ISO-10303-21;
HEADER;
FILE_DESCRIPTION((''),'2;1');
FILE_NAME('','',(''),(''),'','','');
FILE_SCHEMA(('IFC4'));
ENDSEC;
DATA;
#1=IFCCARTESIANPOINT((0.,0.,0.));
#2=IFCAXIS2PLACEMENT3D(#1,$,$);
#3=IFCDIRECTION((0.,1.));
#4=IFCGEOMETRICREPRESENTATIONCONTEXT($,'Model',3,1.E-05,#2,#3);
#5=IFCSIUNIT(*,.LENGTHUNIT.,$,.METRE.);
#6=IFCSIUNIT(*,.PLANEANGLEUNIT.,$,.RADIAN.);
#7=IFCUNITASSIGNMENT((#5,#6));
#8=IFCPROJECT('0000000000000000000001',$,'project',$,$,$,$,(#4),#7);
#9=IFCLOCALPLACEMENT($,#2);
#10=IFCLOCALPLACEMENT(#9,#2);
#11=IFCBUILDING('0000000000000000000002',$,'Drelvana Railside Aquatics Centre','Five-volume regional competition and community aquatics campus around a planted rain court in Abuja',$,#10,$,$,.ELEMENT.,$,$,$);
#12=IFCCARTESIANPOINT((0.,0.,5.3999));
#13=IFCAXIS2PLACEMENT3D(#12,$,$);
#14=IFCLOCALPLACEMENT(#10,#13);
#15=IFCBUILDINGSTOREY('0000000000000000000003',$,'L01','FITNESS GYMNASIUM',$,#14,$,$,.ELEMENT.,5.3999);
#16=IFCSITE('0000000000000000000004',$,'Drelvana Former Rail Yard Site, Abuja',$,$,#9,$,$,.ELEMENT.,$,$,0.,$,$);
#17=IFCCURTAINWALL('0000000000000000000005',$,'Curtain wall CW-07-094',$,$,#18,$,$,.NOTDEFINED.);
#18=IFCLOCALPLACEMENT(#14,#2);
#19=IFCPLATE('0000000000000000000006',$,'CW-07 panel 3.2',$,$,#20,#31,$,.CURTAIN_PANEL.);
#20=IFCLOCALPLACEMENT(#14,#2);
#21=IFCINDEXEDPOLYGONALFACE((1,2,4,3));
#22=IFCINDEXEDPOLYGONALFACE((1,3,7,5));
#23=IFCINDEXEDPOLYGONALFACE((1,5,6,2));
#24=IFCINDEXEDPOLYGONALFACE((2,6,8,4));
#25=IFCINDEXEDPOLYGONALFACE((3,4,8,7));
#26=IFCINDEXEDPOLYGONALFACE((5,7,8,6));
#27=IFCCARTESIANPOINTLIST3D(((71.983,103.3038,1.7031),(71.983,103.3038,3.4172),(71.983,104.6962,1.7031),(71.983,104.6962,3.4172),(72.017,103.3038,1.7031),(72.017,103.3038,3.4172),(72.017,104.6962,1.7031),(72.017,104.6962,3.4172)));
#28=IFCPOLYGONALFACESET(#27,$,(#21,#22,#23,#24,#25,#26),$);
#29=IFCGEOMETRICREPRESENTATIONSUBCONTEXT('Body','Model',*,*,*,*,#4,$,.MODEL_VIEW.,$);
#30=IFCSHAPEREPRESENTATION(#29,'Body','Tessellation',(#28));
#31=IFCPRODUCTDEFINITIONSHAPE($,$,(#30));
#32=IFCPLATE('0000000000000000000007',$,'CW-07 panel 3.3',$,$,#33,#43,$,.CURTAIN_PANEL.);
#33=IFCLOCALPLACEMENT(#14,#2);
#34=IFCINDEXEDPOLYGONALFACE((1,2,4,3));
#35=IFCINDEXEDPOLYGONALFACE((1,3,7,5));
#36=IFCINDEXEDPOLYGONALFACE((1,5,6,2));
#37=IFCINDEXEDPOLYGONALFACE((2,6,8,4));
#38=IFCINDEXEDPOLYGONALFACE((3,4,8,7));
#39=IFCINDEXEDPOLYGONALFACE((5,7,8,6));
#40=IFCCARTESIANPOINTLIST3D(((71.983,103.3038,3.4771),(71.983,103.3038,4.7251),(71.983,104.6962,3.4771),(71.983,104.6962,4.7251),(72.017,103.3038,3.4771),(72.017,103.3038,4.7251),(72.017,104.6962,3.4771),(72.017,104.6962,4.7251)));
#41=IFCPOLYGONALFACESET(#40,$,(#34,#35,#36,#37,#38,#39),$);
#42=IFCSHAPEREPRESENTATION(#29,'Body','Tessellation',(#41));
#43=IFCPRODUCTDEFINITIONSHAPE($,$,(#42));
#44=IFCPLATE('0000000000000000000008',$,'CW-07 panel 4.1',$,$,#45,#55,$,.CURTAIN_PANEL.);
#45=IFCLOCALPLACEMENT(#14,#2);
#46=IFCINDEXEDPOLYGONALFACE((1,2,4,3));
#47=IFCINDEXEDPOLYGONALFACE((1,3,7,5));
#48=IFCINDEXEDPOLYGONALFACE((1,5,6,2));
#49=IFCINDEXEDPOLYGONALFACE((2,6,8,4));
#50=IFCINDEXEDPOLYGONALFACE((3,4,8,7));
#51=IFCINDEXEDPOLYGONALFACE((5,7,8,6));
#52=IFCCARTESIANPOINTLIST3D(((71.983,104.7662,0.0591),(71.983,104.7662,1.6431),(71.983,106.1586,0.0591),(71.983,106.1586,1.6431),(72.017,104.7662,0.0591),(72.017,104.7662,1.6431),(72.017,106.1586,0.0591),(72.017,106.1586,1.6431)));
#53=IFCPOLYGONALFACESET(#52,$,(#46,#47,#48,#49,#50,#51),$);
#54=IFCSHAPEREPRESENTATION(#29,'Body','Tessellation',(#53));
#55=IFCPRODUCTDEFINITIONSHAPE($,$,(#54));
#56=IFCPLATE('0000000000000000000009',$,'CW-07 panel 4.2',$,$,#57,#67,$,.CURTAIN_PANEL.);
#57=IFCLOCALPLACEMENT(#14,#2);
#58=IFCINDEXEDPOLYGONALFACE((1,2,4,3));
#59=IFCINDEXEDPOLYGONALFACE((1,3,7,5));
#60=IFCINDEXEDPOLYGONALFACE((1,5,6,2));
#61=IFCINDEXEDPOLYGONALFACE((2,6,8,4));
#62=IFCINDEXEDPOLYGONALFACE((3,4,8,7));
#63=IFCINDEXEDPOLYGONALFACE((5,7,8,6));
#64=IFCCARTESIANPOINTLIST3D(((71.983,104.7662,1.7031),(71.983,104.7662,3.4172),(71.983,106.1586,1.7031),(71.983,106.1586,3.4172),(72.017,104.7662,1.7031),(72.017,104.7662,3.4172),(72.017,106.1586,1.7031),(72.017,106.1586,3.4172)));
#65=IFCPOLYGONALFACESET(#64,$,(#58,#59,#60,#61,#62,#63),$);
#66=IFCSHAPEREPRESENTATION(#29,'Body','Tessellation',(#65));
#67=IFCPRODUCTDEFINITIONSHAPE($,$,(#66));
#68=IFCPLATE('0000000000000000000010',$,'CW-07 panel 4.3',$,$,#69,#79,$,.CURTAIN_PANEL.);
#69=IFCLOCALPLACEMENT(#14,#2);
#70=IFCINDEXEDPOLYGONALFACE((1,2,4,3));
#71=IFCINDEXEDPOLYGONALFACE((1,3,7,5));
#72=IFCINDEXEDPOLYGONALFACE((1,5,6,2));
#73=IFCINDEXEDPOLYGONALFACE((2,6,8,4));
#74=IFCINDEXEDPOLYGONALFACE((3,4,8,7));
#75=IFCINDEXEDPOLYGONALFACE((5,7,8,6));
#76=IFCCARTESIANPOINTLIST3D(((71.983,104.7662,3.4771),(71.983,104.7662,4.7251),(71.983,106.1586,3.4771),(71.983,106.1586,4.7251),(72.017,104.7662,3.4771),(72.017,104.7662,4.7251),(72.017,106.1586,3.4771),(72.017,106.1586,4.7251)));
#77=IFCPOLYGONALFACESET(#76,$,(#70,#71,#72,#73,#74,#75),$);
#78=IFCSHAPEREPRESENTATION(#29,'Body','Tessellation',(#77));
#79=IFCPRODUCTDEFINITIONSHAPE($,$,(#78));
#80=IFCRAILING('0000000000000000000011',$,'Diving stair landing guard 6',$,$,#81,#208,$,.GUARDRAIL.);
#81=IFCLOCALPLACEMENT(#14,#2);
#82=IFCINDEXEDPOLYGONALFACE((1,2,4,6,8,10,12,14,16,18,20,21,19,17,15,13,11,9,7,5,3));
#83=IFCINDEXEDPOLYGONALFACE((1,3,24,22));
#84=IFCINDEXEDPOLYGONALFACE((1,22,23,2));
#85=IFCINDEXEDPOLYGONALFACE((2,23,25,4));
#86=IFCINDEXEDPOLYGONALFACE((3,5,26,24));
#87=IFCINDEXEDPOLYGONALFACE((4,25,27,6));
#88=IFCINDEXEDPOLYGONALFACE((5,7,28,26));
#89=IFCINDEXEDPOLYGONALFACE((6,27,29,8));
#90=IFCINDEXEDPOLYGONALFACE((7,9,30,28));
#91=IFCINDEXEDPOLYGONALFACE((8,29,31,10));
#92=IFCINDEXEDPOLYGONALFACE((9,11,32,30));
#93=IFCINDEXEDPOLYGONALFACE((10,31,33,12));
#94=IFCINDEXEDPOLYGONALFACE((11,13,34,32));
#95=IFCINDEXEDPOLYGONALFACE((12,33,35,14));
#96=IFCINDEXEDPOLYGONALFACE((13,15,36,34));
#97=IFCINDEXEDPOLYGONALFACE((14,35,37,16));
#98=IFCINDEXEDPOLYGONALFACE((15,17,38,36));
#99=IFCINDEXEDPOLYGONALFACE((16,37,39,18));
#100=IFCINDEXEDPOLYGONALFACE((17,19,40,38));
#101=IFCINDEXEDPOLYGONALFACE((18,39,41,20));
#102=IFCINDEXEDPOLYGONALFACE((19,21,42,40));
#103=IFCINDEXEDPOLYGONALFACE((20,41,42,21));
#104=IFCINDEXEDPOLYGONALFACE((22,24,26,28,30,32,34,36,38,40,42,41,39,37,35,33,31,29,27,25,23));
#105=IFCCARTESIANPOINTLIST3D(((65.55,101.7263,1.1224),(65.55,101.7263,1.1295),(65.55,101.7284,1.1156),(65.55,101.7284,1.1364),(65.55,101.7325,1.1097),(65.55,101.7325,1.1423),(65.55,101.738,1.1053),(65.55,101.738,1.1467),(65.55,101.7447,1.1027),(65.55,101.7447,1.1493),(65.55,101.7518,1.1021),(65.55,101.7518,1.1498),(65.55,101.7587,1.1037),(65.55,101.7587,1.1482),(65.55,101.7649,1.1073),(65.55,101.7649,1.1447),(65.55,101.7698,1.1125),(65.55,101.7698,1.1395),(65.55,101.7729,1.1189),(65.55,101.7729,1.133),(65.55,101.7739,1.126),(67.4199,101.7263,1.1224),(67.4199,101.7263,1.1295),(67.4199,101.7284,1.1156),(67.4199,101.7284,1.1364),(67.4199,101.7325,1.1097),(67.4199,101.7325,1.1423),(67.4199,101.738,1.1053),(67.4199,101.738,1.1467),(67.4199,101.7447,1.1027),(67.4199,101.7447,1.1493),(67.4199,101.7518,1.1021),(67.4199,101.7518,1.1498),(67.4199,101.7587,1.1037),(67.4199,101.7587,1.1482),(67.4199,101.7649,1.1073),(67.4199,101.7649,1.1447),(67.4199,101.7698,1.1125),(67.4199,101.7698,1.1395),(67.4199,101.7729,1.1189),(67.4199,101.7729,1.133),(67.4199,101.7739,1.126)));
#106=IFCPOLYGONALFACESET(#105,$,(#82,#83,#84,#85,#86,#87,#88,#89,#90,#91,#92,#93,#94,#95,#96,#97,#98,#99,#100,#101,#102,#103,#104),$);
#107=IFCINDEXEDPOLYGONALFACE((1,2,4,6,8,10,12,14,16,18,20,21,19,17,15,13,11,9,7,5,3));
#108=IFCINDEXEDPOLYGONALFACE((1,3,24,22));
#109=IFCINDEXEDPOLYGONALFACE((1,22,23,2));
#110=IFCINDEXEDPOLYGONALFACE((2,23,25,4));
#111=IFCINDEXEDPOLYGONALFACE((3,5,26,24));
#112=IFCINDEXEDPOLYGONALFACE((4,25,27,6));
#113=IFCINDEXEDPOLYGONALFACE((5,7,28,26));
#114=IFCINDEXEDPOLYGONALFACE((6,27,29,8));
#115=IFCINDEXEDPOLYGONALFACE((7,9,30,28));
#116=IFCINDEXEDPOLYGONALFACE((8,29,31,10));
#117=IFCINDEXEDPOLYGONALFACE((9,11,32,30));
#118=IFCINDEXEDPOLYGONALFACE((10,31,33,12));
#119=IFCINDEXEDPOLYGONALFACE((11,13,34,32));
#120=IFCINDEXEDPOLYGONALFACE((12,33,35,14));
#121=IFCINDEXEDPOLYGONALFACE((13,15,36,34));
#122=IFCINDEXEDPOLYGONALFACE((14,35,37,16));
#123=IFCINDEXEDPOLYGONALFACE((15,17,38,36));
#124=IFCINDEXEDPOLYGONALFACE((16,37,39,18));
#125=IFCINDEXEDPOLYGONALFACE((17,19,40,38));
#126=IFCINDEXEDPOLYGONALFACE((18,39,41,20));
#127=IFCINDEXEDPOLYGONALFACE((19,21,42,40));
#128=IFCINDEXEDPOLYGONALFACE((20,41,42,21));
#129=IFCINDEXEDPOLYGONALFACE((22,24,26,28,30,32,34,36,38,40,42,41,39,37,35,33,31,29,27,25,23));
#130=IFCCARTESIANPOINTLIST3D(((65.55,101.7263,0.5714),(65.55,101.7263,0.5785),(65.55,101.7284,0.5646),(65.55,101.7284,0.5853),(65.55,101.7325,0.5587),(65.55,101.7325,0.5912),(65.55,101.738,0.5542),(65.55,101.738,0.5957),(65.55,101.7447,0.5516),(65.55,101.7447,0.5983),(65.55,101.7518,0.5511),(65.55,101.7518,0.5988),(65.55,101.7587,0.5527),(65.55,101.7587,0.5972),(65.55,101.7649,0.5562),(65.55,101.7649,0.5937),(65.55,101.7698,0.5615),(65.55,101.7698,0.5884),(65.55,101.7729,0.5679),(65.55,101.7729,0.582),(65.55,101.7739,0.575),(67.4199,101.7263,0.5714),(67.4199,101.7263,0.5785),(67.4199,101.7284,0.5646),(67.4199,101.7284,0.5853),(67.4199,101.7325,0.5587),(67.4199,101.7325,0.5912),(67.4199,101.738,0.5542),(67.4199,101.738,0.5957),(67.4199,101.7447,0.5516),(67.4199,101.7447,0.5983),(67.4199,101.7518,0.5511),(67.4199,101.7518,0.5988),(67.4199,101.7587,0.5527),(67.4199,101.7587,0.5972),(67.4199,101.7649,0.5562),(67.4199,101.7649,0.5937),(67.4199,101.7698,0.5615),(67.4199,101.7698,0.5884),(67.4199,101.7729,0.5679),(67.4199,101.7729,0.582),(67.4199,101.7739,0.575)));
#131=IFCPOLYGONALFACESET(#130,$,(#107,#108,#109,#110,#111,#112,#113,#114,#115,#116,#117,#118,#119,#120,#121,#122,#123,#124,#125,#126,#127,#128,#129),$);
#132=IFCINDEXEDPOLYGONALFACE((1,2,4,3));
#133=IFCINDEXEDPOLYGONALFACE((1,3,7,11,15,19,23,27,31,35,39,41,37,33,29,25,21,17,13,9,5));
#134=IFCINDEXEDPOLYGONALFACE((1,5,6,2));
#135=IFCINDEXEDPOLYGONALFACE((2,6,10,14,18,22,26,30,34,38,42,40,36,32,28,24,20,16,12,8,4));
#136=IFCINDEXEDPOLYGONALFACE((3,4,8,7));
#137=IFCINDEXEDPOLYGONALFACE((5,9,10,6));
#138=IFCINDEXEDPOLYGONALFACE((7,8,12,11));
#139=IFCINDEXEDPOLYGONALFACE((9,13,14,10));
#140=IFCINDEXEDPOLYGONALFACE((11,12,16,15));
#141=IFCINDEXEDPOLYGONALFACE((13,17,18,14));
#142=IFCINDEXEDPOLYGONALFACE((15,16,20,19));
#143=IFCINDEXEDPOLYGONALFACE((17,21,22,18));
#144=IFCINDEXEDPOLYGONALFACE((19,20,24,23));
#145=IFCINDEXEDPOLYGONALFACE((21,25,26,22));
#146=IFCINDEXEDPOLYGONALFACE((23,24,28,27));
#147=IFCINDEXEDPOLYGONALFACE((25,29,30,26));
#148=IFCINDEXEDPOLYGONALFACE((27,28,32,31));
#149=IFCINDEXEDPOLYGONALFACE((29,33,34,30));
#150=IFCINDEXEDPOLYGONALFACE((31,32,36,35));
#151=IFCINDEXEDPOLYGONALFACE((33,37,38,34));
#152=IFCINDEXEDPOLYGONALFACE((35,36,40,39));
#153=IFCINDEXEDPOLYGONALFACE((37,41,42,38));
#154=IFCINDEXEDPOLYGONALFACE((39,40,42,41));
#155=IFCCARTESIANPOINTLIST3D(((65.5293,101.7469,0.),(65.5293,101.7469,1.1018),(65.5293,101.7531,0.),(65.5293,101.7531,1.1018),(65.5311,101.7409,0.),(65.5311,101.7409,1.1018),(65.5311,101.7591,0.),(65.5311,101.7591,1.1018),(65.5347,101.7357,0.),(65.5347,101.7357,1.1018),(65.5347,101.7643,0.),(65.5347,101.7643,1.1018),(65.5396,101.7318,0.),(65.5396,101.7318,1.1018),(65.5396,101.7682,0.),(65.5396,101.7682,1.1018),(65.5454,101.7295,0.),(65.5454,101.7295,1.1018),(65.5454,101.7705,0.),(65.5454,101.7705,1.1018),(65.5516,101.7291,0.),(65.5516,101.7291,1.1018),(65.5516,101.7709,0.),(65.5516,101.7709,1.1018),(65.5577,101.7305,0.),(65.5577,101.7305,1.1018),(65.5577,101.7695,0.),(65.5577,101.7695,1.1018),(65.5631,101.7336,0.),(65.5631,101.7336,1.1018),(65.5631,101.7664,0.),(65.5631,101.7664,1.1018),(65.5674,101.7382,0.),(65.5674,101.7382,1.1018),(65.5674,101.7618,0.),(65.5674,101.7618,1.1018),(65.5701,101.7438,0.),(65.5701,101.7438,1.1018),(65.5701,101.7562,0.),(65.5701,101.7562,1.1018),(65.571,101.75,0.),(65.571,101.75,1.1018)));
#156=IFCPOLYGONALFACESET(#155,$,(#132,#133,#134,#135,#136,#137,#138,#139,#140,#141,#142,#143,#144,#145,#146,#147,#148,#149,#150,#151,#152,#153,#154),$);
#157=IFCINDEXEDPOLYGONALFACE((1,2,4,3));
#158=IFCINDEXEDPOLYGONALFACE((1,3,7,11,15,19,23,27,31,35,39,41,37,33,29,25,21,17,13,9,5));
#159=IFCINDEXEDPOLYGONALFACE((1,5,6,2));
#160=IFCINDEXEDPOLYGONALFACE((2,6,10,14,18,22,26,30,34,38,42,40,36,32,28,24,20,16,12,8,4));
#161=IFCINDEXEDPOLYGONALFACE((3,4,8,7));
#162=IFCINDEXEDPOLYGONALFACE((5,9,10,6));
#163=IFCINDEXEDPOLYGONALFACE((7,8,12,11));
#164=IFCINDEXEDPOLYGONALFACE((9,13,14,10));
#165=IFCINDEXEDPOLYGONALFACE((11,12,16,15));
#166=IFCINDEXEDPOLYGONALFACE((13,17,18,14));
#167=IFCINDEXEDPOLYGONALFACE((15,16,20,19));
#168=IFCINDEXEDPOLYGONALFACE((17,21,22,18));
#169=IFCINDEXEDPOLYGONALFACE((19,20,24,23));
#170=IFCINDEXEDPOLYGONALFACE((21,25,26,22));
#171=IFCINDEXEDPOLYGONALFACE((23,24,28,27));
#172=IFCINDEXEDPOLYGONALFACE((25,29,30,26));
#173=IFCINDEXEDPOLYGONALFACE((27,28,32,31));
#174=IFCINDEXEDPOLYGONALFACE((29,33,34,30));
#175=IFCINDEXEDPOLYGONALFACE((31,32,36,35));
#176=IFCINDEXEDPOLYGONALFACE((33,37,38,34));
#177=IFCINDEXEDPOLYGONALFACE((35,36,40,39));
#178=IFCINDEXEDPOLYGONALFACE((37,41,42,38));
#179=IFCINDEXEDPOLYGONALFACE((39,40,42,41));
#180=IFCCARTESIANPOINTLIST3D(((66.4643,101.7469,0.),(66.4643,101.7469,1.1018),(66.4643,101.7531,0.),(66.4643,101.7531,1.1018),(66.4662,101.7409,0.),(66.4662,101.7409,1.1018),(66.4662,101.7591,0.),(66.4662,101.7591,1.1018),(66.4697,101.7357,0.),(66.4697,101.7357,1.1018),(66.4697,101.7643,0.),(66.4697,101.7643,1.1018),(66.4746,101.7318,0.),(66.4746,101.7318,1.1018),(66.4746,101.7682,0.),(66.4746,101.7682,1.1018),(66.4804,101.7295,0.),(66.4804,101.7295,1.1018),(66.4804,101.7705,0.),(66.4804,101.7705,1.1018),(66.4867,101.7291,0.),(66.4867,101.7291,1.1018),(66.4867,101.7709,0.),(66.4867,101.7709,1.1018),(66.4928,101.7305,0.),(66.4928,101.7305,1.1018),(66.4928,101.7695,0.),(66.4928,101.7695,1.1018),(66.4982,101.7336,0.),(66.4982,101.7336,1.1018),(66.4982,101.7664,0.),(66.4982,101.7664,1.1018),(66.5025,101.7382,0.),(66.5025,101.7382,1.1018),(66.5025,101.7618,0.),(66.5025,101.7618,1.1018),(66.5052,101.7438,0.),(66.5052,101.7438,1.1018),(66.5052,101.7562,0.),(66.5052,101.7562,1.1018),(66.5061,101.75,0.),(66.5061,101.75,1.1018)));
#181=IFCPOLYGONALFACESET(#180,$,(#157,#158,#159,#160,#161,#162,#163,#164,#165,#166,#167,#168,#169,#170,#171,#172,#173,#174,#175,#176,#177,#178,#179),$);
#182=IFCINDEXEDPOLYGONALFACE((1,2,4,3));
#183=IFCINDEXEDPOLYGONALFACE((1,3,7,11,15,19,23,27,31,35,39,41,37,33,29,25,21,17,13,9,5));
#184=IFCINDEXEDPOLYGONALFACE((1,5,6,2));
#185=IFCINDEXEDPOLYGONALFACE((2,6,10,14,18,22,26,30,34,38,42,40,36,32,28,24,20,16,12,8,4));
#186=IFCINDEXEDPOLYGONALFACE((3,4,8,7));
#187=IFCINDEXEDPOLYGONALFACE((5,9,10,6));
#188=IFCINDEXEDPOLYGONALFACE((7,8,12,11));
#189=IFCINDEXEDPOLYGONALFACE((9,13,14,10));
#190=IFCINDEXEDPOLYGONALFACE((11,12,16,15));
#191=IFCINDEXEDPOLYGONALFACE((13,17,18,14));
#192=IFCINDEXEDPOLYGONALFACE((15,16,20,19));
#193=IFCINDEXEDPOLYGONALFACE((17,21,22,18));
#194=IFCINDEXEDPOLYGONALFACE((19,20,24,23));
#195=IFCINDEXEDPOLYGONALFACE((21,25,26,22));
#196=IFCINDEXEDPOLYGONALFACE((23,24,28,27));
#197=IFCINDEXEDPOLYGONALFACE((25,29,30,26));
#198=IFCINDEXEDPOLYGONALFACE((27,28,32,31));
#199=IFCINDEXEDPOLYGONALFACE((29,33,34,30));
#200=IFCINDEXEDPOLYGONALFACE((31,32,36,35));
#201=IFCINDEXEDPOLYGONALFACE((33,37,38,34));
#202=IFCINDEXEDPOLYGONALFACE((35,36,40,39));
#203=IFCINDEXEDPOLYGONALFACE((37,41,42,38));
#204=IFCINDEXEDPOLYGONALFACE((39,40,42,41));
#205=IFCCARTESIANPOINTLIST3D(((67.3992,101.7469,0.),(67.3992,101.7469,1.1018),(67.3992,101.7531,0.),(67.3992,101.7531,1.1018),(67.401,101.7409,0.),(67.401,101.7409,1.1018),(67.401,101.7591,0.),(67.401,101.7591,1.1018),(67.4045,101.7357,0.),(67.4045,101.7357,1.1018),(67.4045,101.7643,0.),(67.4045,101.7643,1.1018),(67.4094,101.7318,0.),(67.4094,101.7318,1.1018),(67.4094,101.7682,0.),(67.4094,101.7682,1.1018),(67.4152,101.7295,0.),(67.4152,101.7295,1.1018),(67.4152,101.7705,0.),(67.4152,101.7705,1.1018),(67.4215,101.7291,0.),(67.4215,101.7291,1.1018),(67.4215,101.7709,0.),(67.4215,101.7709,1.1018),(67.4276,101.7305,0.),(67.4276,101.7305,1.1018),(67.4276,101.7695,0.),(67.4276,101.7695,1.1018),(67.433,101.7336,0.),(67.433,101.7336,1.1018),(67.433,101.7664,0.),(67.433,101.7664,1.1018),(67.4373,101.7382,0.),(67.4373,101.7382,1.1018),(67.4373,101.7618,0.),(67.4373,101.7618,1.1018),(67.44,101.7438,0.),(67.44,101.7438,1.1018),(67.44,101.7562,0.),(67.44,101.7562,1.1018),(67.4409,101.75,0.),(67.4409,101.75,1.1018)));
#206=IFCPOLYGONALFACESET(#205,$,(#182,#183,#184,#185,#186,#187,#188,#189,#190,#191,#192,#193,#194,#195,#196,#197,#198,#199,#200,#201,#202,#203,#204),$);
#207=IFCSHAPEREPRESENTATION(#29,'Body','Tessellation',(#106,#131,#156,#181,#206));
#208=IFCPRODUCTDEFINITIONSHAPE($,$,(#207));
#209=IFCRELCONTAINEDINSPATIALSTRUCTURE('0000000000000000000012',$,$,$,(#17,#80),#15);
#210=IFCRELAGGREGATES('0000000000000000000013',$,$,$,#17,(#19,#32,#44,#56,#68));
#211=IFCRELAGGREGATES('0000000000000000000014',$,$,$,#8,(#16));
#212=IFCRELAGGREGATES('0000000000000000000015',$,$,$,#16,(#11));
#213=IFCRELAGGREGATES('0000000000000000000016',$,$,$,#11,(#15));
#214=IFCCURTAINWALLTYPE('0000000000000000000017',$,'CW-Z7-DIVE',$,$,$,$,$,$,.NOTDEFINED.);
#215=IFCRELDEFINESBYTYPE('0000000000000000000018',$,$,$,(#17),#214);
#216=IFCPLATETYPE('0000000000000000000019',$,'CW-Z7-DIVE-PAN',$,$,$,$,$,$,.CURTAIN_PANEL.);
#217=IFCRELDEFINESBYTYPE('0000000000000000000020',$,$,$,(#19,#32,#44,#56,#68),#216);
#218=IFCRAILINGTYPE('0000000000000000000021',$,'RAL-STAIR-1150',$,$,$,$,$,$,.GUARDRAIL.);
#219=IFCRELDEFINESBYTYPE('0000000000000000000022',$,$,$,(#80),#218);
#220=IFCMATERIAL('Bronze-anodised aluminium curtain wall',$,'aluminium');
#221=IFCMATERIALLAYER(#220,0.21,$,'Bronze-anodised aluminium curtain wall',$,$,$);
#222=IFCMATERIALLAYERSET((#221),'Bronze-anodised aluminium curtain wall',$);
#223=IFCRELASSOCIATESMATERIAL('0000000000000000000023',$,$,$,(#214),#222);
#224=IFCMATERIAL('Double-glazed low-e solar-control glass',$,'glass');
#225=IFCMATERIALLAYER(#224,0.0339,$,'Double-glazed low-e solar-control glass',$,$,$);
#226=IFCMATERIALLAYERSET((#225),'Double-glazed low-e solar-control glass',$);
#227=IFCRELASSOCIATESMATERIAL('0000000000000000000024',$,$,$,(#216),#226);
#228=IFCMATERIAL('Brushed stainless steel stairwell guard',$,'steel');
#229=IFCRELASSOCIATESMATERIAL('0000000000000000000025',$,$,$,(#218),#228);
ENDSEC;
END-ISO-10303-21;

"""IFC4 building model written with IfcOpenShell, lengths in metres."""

from ifc_helpers import new_model, si_unit, direction, frame, origin, origin_2d, place, context, subcontext, project, spatial, rectangle, circle, extrude, material, layer, layer_set, type_object, element, aggregate, save


model = new_model("IFC4")

# Units and contexts
model_context = context("Model", 3, precision=1e-05, world=origin(), true_north=direction((0.0, 1.0)))
body_context = subcontext(model_context, "Body", "Model", "MODEL_VIEW")
ifc_project = project(units=[si_unit("LENGTHUNIT", "METRE"), si_unit("PLANEANGLEUNIT", "RADIAN")], contexts=[model_context])

# Site, building, storey
site_placement = place(None, origin())
site = spatial("IfcSite", under=ifc_project, at=site_placement, Name="Drelvana Former Rail Yard Site, Abuja", CompositionType="ELEMENT", RefElevation=0.0)
building_placement = place(site_placement, origin())
building = spatial("IfcBuilding", under=site, at=building_placement, Name="Drelvana Railside Aquatics Centre", Description="Five-volume regional competition and community aquatics campus around a planted rain court in Abuja", CompositionType="ELEMENT")
storey_placement = place(building_placement, frame((0.0, 0.0, 5.3999)))
storey = spatial("IfcBuildingStorey", under=building, at=storey_placement, Name="L01", Description="FITNESS GYMNASIUM", CompositionType="ELEMENT", Elevation=5.3999)

# Curtain wall
ifc_material_1 = material(Name="Bronze-anodised aluminium curtain wall", Category="aluminium")
ifc_layer_1 = layer(ifc_material_1, 0.21, Name="Bronze-anodised aluminium curtain wall")
ifc_layer_set_1 = layer_set([ifc_layer_1], Name="Bronze-anodised aluminium curtain wall")
curtain_wall_type = type_object("IfcCurtainWallType", Name="CW-Z7-DIVE", PredefinedType="NOTDEFINED", material=ifc_layer_set_1)
curtain_wall_placement = place(storey_placement, origin())
curtain_wall = element("IfcCurtainWall", 1, at=curtain_wall_placement, inside=storey, type_object=curtain_wall_type, Name="Curtain wall CW-07-094", PredefinedType="NOTDEFINED")

# Plates
ifc_material_2 = material(Name="Double-glazed low-e solar-control glass", Category="glass")
ifc_layer_2 = layer(ifc_material_2, 0.0339, Name="Double-glazed low-e solar-control glass")
ifc_layer_set_2 = layer_set([ifc_layer_2], Name="Double-glazed low-e solar-control glass")
plate_type = type_object("IfcPlateType", Name="CW-Z7-DIVE-PAN", PredefinedType="CURTAIN_PANEL", material=ifc_layer_set_2)
plate_1_placement = place(storey_placement, frame((72.0, 104.0, 1.7031), z_axis=(0.0, 0.0, 1.0), x_axis=(0.0, 1.0, 0.0)))
plate_1 = element("IfcPlate", 2, at=plate_1_placement, type_object=plate_type, Name="CW-07 panel 3.2", PredefinedType="CURTAIN_PANEL", context=body_context, shape_type="SweptSolid", body=[
    extrude(rectangle(XDim=1.3923, YDim=0.0339, at=origin_2d()), origin(), (0.0, 0.0, 1.0), 1.7141),
])
plate_2_placement = place(storey_placement, frame((72.0, 104.0, 3.4771), z_axis=(0.0, 0.0, 1.0), x_axis=(0.0, 1.0, 0.0)))
plate_2 = element("IfcPlate", 3, at=plate_2_placement, type_object=plate_type, Name="CW-07 panel 3.3", PredefinedType="CURTAIN_PANEL", context=body_context, shape_type="SweptSolid", body=[
    extrude(rectangle(XDim=1.3923, YDim=0.0339, at=origin_2d()), origin(), (0.0, 0.0, 1.0), 1.248),
])
plate_3_placement = place(storey_placement, frame((72.0, 105.4624, 0.0591), z_axis=(0.0, 0.0, 1.0), x_axis=(0.0, 1.0, 0.0)))
plate_3 = element("IfcPlate", 4, at=plate_3_placement, type_object=plate_type, Name="CW-07 panel 4.1", PredefinedType="CURTAIN_PANEL", context=body_context, shape_type="SweptSolid", body=[
    extrude(rectangle(XDim=1.3923, YDim=0.0339, at=origin_2d()), origin(), (0.0, 0.0, 1.0), 1.584),
])
plate_4_placement = place(storey_placement, frame((72.0, 105.4624, 1.7031), z_axis=(0.0, 0.0, 1.0), x_axis=(0.0, 1.0, 0.0)))
plate_4 = element("IfcPlate", 5, at=plate_4_placement, type_object=plate_type, Name="CW-07 panel 4.2", PredefinedType="CURTAIN_PANEL", context=body_context, shape_type="SweptSolid", body=[
    extrude(rectangle(XDim=1.3923, YDim=0.0339, at=origin_2d()), origin(), (0.0, 0.0, 1.0), 1.7141),
])
plate_5_placement = place(storey_placement, frame((72.0, 105.4624, 3.4771), z_axis=(0.0, 0.0, 1.0), x_axis=(0.0, 1.0, 0.0)))
plate_5 = element("IfcPlate", 6, at=plate_5_placement, type_object=plate_type, Name="CW-07 panel 4.3", PredefinedType="CURTAIN_PANEL", context=body_context, shape_type="SweptSolid", body=[
    extrude(rectangle(XDim=1.3923, YDim=0.0339, at=origin_2d()), origin(), (0.0, 0.0, 1.0), 1.248),
])
aggregate(curtain_wall, [plate_1, plate_2, plate_3, plate_4, plate_5])

# Railing
ifc_material_3 = material(Name="Brushed stainless steel stairwell guard", Category="steel")
railing_type = type_object("IfcRailingType", Name="RAL-STAIR-1150", PredefinedType="GUARDRAIL", material=ifc_material_3)
railing_placement = place(storey_placement, frame((65.55, 101.75, 0.0)))
element("IfcRailing", 7, at=railing_placement, inside=storey, type_object=railing_type, Name="Diving stair landing guard 6", PredefinedType="GUARDRAIL", context=body_context, shape_type="SweptSolid", body=[
    extrude(circle(Radius=0.0239, at=origin_2d()), frame((0.0, 0.0, 1.126), z_axis=(1.0, 0.0, 0.0), x_axis=(0.0, 1.0, 0.0)), (0.0, 0.0, 1.0), 1.8699),
    extrude(circle(Radius=0.0239, at=origin_2d()), frame((0.0, 0.0, 0.575), z_axis=(1.0, 0.0, 0.0), x_axis=(0.0, 1.0, 0.0)), (0.0, 0.0, 1.0), 1.8699),
    extrude(circle(Radius=0.021, at=origin_2d()), origin(), (0.0, 0.0, 1.0), 1.1018),
    extrude(circle(Radius=0.021, at=origin_2d()), frame((0.9351, 0.0, 0.0)), (0.0, 0.0, 1.0), 1.1018),
    extrude(circle(Radius=0.021, at=origin_2d()), frame((1.8699, 0.0, 0.0)), (0.0, 0.0, 1.0), 1.1018),
])

save(model, "model.ifc")
